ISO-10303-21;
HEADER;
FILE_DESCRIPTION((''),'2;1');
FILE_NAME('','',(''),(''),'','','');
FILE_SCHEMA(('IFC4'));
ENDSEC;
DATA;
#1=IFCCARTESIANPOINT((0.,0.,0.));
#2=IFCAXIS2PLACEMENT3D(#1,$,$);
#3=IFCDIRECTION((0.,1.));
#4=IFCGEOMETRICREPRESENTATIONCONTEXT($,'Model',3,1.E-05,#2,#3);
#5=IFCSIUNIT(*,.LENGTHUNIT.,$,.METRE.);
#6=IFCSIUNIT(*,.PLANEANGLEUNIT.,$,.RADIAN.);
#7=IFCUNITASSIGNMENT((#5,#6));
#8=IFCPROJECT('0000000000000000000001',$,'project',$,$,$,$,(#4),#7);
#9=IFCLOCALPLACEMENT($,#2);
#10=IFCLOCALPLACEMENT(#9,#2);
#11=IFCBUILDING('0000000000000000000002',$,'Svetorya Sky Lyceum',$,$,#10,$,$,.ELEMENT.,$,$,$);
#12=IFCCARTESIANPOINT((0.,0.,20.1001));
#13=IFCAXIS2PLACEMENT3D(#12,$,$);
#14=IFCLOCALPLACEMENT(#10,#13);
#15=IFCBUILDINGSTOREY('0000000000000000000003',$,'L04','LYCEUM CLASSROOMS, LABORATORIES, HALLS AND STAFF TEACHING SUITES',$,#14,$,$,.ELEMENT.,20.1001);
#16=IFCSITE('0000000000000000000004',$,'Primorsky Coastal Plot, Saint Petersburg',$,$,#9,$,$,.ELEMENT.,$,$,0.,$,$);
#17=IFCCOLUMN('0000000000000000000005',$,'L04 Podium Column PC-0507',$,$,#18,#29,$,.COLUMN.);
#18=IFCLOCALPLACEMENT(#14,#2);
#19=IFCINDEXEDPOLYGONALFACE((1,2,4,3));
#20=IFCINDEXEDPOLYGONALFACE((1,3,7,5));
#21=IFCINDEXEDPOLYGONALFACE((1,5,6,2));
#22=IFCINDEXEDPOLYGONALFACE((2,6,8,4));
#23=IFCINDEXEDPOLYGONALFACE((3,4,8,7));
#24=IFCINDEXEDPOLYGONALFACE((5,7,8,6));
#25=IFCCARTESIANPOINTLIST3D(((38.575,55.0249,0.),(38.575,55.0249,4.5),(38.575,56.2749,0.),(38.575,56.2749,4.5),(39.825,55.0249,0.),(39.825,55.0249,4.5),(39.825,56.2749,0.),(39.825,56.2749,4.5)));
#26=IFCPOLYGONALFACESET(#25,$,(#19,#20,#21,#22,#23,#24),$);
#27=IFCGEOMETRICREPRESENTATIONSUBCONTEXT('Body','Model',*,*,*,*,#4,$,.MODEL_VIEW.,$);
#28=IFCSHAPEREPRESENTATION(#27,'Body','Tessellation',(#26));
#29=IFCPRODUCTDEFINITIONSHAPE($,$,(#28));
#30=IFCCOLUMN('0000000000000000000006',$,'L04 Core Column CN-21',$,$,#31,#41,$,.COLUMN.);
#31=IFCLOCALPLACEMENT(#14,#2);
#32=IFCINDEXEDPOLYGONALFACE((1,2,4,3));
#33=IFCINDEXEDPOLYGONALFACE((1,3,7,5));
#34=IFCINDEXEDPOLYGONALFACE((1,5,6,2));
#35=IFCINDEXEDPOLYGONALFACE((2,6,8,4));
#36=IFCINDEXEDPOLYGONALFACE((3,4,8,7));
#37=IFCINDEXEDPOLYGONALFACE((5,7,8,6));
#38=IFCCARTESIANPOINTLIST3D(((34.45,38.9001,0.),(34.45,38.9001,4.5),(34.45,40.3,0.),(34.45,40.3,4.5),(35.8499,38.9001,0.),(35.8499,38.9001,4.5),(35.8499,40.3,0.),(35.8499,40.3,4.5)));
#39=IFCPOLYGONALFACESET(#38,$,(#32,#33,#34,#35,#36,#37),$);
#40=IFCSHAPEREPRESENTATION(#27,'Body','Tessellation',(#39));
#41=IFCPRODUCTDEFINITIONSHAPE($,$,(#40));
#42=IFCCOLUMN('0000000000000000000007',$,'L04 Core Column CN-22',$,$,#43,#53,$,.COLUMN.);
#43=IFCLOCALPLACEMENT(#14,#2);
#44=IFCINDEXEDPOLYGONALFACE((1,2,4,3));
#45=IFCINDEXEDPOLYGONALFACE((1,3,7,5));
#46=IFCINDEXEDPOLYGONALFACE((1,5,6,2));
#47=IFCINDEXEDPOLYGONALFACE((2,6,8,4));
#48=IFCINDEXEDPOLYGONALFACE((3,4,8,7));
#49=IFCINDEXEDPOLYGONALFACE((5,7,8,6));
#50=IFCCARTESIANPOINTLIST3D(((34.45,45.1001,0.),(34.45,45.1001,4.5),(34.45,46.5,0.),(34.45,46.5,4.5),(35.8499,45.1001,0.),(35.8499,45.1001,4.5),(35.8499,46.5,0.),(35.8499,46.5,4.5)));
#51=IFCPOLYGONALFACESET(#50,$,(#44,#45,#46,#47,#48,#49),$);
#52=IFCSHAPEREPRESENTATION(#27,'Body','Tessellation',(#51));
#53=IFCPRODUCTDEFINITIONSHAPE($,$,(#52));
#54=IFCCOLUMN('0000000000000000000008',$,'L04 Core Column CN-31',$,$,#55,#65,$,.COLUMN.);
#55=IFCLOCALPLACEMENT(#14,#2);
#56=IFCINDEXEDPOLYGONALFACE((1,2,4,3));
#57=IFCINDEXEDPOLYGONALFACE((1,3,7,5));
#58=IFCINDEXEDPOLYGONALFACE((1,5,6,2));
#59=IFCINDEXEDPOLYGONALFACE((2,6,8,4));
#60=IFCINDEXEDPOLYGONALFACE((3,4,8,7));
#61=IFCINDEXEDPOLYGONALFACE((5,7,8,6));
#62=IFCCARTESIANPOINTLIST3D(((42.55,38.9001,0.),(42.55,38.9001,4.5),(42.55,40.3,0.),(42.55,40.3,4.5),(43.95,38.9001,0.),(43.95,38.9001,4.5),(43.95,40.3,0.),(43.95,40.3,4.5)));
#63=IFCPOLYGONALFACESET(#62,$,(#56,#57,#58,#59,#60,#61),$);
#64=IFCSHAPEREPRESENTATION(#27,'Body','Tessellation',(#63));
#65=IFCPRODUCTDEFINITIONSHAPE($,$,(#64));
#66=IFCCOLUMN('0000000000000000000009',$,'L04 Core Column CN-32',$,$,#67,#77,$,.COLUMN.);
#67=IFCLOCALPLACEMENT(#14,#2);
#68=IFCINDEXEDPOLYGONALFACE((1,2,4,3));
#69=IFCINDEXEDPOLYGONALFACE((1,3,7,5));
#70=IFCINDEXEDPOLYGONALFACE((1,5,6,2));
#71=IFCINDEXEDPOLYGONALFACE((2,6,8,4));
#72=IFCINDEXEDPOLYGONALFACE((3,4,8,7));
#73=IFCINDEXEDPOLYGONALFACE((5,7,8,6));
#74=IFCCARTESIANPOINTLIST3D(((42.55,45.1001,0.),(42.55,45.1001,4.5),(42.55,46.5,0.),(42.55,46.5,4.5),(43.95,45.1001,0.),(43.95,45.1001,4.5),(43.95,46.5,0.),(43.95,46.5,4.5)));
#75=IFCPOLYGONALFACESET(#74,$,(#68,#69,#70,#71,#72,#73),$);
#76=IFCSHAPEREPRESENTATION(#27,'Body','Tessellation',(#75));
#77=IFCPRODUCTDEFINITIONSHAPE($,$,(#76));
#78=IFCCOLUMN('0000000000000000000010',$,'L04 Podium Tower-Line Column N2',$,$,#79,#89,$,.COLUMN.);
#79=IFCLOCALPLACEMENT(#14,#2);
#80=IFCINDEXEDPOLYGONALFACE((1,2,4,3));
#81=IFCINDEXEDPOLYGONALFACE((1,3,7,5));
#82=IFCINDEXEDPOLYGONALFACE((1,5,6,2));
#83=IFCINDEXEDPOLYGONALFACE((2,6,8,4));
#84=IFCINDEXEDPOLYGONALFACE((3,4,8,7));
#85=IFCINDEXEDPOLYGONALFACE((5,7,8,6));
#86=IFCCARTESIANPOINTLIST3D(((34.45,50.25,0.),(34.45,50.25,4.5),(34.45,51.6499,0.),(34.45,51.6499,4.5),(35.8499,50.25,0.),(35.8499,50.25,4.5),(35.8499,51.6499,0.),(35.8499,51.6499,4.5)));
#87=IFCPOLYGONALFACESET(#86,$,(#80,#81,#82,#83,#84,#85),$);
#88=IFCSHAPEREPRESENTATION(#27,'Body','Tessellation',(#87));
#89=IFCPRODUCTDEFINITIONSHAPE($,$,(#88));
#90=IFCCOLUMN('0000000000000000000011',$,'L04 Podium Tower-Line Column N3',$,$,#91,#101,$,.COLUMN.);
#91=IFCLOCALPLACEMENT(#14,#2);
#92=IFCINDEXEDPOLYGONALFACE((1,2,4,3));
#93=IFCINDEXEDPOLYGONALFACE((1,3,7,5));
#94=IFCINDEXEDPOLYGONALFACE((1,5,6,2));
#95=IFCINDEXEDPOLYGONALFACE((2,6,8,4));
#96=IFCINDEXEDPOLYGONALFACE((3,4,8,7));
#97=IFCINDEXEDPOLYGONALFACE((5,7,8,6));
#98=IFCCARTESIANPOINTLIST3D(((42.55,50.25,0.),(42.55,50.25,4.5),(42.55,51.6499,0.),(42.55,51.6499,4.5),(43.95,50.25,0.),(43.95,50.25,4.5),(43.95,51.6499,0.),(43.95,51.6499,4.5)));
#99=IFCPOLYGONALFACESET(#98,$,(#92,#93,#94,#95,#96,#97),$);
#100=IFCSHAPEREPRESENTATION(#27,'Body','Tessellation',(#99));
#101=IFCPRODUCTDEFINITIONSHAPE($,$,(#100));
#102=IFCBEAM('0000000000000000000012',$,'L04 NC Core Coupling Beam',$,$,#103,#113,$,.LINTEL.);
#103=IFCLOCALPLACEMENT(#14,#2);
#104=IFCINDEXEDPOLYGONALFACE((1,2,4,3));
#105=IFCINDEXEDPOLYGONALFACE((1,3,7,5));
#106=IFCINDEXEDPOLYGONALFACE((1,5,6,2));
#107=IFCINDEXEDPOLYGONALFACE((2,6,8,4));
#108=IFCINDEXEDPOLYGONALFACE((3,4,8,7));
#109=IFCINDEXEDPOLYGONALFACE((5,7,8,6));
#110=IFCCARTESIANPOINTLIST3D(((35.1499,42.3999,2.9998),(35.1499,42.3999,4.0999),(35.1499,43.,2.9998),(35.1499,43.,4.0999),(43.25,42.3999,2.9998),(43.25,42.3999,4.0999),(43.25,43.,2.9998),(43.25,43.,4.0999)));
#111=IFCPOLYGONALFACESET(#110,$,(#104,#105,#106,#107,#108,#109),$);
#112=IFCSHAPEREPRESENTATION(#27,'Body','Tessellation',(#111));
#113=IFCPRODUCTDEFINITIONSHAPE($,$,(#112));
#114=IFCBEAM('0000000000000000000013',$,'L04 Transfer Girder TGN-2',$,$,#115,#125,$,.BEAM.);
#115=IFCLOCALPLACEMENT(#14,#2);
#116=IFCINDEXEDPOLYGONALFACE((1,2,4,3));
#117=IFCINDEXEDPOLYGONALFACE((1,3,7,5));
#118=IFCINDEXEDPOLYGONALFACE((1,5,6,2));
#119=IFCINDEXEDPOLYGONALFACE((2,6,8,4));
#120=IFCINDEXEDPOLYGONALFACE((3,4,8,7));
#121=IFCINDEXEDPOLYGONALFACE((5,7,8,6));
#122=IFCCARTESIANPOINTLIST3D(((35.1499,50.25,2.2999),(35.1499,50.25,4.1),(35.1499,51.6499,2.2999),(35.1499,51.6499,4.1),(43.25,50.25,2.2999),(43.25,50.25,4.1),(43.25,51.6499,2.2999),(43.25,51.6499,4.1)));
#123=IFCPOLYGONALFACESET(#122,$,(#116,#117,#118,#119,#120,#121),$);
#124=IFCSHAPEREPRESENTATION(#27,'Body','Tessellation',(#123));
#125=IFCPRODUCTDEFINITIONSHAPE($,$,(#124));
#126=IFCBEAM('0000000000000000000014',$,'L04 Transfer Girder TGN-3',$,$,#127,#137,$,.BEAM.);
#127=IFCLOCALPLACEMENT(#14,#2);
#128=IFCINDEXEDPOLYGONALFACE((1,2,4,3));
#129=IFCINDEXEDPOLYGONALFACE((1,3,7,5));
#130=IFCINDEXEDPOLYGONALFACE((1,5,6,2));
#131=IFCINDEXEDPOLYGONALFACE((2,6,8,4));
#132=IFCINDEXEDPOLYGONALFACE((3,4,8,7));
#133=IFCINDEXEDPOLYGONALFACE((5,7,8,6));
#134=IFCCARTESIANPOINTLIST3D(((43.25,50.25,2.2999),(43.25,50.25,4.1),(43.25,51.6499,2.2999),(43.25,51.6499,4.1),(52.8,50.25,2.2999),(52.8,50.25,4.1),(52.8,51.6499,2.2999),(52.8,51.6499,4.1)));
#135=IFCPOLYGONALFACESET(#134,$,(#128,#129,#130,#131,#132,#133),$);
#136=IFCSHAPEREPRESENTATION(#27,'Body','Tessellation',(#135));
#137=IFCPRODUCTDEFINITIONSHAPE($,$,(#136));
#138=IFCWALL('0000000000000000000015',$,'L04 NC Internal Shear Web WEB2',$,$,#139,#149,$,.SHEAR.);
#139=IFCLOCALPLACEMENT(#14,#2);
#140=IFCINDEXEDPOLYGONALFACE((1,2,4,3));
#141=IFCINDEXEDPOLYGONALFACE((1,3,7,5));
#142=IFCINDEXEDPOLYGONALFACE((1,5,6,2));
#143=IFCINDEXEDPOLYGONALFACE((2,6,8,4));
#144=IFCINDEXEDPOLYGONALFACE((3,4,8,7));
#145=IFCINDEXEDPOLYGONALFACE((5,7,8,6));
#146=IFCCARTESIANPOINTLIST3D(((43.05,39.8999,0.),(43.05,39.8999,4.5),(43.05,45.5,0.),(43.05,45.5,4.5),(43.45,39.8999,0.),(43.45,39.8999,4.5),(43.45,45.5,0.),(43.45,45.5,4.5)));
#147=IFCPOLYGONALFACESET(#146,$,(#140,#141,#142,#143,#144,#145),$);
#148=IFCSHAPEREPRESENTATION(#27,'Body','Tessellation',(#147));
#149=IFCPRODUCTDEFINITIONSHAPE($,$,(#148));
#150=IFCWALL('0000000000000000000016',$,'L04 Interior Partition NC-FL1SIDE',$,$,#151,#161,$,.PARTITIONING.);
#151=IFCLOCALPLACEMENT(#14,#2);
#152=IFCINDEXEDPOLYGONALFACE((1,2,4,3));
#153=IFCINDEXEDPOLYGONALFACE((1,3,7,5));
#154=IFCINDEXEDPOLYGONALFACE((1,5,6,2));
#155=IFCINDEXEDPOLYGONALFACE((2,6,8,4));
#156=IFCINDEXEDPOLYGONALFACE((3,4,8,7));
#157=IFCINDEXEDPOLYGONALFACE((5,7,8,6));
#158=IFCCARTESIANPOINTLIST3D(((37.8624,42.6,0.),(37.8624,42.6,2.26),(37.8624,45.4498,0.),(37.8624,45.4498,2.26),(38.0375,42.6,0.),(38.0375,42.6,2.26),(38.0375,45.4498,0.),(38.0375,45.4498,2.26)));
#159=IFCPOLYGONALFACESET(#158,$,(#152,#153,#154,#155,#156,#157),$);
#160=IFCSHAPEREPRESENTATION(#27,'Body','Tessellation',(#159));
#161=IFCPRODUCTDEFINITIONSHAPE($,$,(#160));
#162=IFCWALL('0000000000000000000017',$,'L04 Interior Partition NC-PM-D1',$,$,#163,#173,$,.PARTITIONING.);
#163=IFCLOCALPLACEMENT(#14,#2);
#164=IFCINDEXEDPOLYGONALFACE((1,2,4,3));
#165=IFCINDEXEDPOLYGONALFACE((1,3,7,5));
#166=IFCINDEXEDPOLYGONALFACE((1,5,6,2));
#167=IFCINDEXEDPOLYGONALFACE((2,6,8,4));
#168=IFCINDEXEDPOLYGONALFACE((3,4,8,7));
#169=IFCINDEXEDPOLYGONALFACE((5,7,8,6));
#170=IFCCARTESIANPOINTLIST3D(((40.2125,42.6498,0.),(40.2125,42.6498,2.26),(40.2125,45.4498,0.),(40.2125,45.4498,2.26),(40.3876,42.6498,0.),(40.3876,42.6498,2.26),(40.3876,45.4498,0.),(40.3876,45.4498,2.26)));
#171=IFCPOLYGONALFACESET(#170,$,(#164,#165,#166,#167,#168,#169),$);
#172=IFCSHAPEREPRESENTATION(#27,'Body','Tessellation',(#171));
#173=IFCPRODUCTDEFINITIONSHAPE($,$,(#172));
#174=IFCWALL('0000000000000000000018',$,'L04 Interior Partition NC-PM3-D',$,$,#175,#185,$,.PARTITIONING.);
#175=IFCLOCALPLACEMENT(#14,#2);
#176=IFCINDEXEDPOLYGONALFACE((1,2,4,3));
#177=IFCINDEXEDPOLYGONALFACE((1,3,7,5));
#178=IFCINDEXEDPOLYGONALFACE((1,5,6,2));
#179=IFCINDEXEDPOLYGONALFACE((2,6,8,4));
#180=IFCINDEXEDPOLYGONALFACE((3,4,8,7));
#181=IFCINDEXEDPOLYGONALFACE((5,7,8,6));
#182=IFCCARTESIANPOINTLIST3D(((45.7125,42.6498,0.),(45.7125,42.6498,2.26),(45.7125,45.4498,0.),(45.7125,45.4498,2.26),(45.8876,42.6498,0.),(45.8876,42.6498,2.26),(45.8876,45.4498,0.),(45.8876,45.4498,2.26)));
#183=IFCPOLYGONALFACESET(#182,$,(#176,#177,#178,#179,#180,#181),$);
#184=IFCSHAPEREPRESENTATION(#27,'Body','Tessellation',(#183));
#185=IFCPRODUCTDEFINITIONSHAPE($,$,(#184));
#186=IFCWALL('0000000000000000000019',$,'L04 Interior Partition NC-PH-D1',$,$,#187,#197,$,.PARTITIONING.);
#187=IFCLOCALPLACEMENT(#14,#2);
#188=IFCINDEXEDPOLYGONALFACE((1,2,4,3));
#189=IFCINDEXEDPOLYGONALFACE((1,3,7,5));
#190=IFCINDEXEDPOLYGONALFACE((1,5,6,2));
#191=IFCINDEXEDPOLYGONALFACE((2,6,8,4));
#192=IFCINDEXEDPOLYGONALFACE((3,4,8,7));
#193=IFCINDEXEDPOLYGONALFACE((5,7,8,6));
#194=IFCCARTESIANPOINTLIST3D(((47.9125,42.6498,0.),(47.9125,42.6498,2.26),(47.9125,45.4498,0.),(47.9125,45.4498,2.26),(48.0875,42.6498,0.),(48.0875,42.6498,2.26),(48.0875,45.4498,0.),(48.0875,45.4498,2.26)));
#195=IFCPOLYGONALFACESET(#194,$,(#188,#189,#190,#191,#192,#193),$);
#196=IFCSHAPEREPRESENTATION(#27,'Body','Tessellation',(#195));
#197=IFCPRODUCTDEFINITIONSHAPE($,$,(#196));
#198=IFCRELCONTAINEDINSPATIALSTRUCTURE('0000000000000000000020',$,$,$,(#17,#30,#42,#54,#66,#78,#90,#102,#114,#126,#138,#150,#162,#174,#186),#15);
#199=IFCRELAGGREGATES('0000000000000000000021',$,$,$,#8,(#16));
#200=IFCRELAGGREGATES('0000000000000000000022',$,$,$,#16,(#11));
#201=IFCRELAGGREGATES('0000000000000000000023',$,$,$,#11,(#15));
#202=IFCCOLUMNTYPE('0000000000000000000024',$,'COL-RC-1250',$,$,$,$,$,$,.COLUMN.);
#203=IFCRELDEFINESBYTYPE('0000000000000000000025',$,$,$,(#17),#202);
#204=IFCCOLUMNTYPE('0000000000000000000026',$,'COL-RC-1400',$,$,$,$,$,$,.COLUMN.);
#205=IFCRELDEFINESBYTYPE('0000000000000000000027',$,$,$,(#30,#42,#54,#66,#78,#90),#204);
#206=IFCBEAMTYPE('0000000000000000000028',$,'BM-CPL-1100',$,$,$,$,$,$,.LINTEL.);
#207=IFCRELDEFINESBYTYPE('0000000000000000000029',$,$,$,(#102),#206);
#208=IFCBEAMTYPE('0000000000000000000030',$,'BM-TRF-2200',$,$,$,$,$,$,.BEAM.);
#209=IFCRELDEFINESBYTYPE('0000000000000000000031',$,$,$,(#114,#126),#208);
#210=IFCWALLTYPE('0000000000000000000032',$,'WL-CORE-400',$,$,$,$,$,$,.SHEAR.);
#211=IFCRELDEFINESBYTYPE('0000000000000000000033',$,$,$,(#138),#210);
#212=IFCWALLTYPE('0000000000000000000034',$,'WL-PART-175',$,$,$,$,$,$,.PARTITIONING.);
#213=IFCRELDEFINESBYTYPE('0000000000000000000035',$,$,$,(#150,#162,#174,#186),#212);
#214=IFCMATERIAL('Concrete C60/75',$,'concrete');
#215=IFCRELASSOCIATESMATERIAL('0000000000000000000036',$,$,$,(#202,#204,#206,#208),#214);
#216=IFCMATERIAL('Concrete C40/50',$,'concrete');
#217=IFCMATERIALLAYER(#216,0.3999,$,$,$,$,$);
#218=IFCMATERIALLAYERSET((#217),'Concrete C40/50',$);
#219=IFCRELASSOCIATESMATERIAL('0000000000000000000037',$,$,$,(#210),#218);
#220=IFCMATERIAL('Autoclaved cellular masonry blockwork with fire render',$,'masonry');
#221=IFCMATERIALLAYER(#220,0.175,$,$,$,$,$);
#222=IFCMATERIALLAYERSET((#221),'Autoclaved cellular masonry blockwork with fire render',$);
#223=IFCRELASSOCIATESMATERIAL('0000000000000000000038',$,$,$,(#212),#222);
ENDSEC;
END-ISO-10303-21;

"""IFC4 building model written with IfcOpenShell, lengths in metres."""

from ifc_helpers import new_model, si_unit, direction, frame, frame_2d, origin, origin_2d, place, context, subcontext, project, spatial, rectangle, extrude, material, layer, layer_set, material_profile, profile_set, type_object, element, save


model = new_model("IFC4")

# Units and contexts
model_context = context("Model", 3, precision=1e-05, world=origin(), true_north=direction((0.0, 1.0)))
body_context = subcontext(model_context, "Body", "Model", "MODEL_VIEW")
ifc_project = project(units=[si_unit("LENGTHUNIT", "METRE"), si_unit("PLANEANGLEUNIT", "RADIAN")], contexts=[model_context])

# Site, building, storey
site_placement = place(None, origin())
site = spatial("IfcSite", under=ifc_project, at=site_placement, Name="Primorsky Coastal Plot, Saint Petersburg", CompositionType="ELEMENT", RefElevation=0.0)
building_placement = place(site_placement, origin())
building = spatial("IfcBuilding", under=site, at=building_placement, Name="Svetorya Sky Lyceum", CompositionType="ELEMENT")
storey_placement = place(building_placement, frame((0.0, 0.0, 20.1001)))
storey = spatial("IfcBuildingStorey", under=building, at=storey_placement, Name="L04", Description="LYCEUM CLASSROOMS, LABORATORIES, HALLS AND STAFF TEACHING SUITES", CompositionType="ELEMENT", Elevation=20.1001)

# Columns
ifc_material_1 = material(Name="Concrete C60/75", Category="concrete")
ifc_material_profile_1 = material_profile(ifc_material_1, rectangle(XDim=1.25, YDim=1.25, at=origin_2d()), Name="RC COL 1250x1250")
ifc_profile_set_1 = profile_set([ifc_material_profile_1], Name="Concrete C60/75")
column_type_1 = type_object("IfcColumnType", Name="COL-RC-1250", PredefinedType="COLUMN", material=ifc_profile_set_1)
column_placement = place(storey_placement, frame((39.2, 55.6499, 0.0), z_axis=(0.0, 0.0, 1.0), x_axis=(1.0, 0.0, 0.0)))
element("IfcColumn", 1, at=column_placement, inside=storey, type_object=column_type_1, Name="L04 Podium Column PC-0507", PredefinedType="COLUMN", context=body_context, shape_type="SweptSolid", body=[
    extrude(rectangle(XDim=1.25, YDim=1.25, at=origin_2d()), origin(), (0.0, 0.0, 1.0), 4.5),
])
ifc_material_profile_2 = material_profile(ifc_material_1, rectangle(XDim=1.3999, YDim=1.3999, at=origin_2d()), Name="RC COL 1400x1400")
ifc_profile_set_2 = profile_set([ifc_material_profile_2], Name="Concrete C60/75")
column_type_2 = type_object("IfcColumnType", Name="COL-RC-1400", PredefinedType="COLUMN", material=ifc_profile_set_2)
for number, where, z_axis, x_axis, name in (
    (2, (35.1499, 39.6001, 0.0), (0.0, 0.0, 1.0), (1.0, 0.0, 0.0), "L04 Core Column CN-21"),
    (3, (35.1499, 45.8, 0.0), (0.0, 0.0, 1.0), (1.0, 0.0, 0.0), "L04 Core Column CN-22"),
    (4, (43.25, 39.6001, 0.0), (0.0, 0.0, 1.0), (1.0, 0.0, 0.0), "L04 Core Column CN-31"),
    (5, (43.25, 45.8, 0.0), (0.0, 0.0, 1.0), (1.0, 0.0, 0.0), "L04 Core Column CN-32"),
    (6, (35.1499, 50.95, 0.0), (0.0, 0.0, 1.0), (1.0, 0.0, 0.0), "L04 Podium Tower-Line Column N2"),
    (7, (43.25, 50.95, 0.0), (0.0, 0.0, 1.0), (1.0, 0.0, 0.0), "L04 Podium Tower-Line Column N3"),
):
    element("IfcColumn", number, at=place(storey_placement, frame(where, z_axis=z_axis, x_axis=x_axis)), inside=storey, type_object=column_type_2, Name=name, PredefinedType="COLUMN", context=body_context, shape_type="SweptSolid", body=[
        extrude(rectangle(XDim=1.3999, YDim=1.3999, at=origin_2d()), origin(), (0.0, 0.0, 1.0), 4.5),
    ])

# Beams
ifc_material_profile_3 = material_profile(ifc_material_1, rectangle(XDim=0.6001, YDim=1.1001, at=origin_2d()), Name="RC COUPLING 600x1100")
ifc_profile_set_3 = profile_set([ifc_material_profile_3], Name="Concrete C60/75")
beam_type_1 = type_object("IfcBeamType", Name="BM-CPL-1100", PredefinedType="LINTEL", material=ifc_profile_set_3)
beam_1_placement = place(storey_placement, frame((35.1499, 42.7, 3.5498), z_axis=(1.0, 0.0, 0.0), x_axis=(0.0, 1.0, 0.0)))
element("IfcBeam", 8, at=beam_1_placement, inside=storey, type_object=beam_type_1, Name="L04 NC Core Coupling Beam", PredefinedType="LINTEL", context=body_context, shape_type="SweptSolid", body=[
    extrude(rectangle(XDim=0.6001, YDim=1.1001, at=origin_2d()), origin(), (0.0, 0.0, 1.0), 8.1001),
])
ifc_material_profile_4 = material_profile(ifc_material_1, rectangle(XDim=1.3999, YDim=1.8, at=origin_2d()), Name="RC TRANSFER 1400x1800")
ifc_profile_set_4 = profile_set([ifc_material_profile_4], Name="Concrete C60/75")
beam_type_2 = type_object("IfcBeamType", Name="BM-TRF-2200", PredefinedType="BEAM", material=ifc_profile_set_4)
beam_2_placement = place(storey_placement, frame((35.1499, 50.95, 3.2), z_axis=(1.0, 0.0, 0.0), x_axis=(0.0, 1.0, 0.0)))
element("IfcBeam", 9, at=beam_2_placement, inside=storey, type_object=beam_type_2, Name="L04 Transfer Girder TGN-2", PredefinedType="BEAM", context=body_context, shape_type="SweptSolid", body=[
    extrude(rectangle(XDim=1.3999, YDim=1.8, at=origin_2d()), origin(), (0.0, 0.0, 1.0), 8.1001),
])
beam_3_placement = place(storey_placement, frame((43.25, 50.95, 3.2), z_axis=(1.0, 0.0, 0.0), x_axis=(0.0, 1.0, 0.0)))
element("IfcBeam", 10, at=beam_3_placement, inside=storey, type_object=beam_type_2, Name="L04 Transfer Girder TGN-3", PredefinedType="BEAM", context=body_context, shape_type="SweptSolid", body=[
    extrude(rectangle(XDim=1.3999, YDim=1.8, at=origin_2d()), origin(), (0.0, 0.0, 1.0), 9.55),
])

# Walls
ifc_material_2 = material(Name="Concrete C40/50", Category="concrete")
ifc_layer_1 = layer(ifc_material_2, 0.3999)
ifc_layer_set_1 = layer_set([ifc_layer_1], Name="Concrete C40/50")
wall_type_1 = type_object("IfcWallType", Name="WL-CORE-400", PredefinedType="SHEAR", material=ifc_layer_set_1)
wall_1_placement = place(storey_placement, frame((43.25, 39.8999, 0.0), z_axis=(0.0, 0.0, 1.0), x_axis=(0.0, 1.0, 0.0)))
element("IfcWall", 11, at=wall_1_placement, inside=storey, type_object=wall_type_1, Name="L04 NC Internal Shear Web WEB2", PredefinedType="SHEAR", context=body_context, shape_type="SweptSolid", body=[
    extrude(rectangle(XDim=5.6001, YDim=0.3999, at=frame_2d((2.8, 0.0))), origin(), (0.0, 0.0, 1.0), 4.5),
])
ifc_material_3 = material(Name="Autoclaved cellular masonry blockwork with fire render", Category="masonry")
ifc_layer_2 = layer(ifc_material_3, 0.175)
ifc_layer_set_2 = layer_set([ifc_layer_2], Name="Autoclaved cellular masonry blockwork with fire render")
wall_type_2 = type_object("IfcWallType", Name="WL-PART-175", PredefinedType="PARTITIONING", material=ifc_layer_set_2)
wall_2_placement = place(storey_placement, frame((37.95, 42.6001, 0.0), z_axis=(0.0, 0.0, 1.0), x_axis=(0.0, 1.0, 0.0)))
element("IfcWall", 12, at=wall_2_placement, inside=storey, type_object=wall_type_2, Name="L04 Interior Partition NC-FL1SIDE", PredefinedType="PARTITIONING", context=body_context, shape_type="SweptSolid", body=[
    extrude(rectangle(XDim=2.8499, YDim=0.175, at=frame_2d((1.4248, 0.0))), origin(), (0.0, 0.0, 1.0), 2.26),
])
for number, where, z_axis, x_axis, name in (
    (13, (40.3, 42.6499, 0.0), (0.0, 0.0, 1.0), (0.0, 1.0, 0.0), "L04 Interior Partition NC-PM-D1"),
    (14, (45.8, 42.6499, 0.0), (0.0, 0.0, 1.0), (0.0, 1.0, 0.0), "L04 Interior Partition NC-PM3-D"),
    (15, (48.0, 42.6499, 0.0), (0.0, 0.0, 1.0), (0.0, 1.0, 0.0), "L04 Interior Partition NC-PH-D1"),
):
    element("IfcWall", number, at=place(storey_placement, frame(where, z_axis=z_axis, x_axis=x_axis)), inside=storey, type_object=wall_type_2, Name=name, PredefinedType="PARTITIONING", context=body_context, shape_type="SweptSolid", body=[
        extrude(rectangle(XDim=2.8, YDim=0.175, at=frame_2d((1.3999, 0.0))), origin(), (0.0, 0.0, 1.0), 2.26),
    ])

save(model, "model.ifc")
